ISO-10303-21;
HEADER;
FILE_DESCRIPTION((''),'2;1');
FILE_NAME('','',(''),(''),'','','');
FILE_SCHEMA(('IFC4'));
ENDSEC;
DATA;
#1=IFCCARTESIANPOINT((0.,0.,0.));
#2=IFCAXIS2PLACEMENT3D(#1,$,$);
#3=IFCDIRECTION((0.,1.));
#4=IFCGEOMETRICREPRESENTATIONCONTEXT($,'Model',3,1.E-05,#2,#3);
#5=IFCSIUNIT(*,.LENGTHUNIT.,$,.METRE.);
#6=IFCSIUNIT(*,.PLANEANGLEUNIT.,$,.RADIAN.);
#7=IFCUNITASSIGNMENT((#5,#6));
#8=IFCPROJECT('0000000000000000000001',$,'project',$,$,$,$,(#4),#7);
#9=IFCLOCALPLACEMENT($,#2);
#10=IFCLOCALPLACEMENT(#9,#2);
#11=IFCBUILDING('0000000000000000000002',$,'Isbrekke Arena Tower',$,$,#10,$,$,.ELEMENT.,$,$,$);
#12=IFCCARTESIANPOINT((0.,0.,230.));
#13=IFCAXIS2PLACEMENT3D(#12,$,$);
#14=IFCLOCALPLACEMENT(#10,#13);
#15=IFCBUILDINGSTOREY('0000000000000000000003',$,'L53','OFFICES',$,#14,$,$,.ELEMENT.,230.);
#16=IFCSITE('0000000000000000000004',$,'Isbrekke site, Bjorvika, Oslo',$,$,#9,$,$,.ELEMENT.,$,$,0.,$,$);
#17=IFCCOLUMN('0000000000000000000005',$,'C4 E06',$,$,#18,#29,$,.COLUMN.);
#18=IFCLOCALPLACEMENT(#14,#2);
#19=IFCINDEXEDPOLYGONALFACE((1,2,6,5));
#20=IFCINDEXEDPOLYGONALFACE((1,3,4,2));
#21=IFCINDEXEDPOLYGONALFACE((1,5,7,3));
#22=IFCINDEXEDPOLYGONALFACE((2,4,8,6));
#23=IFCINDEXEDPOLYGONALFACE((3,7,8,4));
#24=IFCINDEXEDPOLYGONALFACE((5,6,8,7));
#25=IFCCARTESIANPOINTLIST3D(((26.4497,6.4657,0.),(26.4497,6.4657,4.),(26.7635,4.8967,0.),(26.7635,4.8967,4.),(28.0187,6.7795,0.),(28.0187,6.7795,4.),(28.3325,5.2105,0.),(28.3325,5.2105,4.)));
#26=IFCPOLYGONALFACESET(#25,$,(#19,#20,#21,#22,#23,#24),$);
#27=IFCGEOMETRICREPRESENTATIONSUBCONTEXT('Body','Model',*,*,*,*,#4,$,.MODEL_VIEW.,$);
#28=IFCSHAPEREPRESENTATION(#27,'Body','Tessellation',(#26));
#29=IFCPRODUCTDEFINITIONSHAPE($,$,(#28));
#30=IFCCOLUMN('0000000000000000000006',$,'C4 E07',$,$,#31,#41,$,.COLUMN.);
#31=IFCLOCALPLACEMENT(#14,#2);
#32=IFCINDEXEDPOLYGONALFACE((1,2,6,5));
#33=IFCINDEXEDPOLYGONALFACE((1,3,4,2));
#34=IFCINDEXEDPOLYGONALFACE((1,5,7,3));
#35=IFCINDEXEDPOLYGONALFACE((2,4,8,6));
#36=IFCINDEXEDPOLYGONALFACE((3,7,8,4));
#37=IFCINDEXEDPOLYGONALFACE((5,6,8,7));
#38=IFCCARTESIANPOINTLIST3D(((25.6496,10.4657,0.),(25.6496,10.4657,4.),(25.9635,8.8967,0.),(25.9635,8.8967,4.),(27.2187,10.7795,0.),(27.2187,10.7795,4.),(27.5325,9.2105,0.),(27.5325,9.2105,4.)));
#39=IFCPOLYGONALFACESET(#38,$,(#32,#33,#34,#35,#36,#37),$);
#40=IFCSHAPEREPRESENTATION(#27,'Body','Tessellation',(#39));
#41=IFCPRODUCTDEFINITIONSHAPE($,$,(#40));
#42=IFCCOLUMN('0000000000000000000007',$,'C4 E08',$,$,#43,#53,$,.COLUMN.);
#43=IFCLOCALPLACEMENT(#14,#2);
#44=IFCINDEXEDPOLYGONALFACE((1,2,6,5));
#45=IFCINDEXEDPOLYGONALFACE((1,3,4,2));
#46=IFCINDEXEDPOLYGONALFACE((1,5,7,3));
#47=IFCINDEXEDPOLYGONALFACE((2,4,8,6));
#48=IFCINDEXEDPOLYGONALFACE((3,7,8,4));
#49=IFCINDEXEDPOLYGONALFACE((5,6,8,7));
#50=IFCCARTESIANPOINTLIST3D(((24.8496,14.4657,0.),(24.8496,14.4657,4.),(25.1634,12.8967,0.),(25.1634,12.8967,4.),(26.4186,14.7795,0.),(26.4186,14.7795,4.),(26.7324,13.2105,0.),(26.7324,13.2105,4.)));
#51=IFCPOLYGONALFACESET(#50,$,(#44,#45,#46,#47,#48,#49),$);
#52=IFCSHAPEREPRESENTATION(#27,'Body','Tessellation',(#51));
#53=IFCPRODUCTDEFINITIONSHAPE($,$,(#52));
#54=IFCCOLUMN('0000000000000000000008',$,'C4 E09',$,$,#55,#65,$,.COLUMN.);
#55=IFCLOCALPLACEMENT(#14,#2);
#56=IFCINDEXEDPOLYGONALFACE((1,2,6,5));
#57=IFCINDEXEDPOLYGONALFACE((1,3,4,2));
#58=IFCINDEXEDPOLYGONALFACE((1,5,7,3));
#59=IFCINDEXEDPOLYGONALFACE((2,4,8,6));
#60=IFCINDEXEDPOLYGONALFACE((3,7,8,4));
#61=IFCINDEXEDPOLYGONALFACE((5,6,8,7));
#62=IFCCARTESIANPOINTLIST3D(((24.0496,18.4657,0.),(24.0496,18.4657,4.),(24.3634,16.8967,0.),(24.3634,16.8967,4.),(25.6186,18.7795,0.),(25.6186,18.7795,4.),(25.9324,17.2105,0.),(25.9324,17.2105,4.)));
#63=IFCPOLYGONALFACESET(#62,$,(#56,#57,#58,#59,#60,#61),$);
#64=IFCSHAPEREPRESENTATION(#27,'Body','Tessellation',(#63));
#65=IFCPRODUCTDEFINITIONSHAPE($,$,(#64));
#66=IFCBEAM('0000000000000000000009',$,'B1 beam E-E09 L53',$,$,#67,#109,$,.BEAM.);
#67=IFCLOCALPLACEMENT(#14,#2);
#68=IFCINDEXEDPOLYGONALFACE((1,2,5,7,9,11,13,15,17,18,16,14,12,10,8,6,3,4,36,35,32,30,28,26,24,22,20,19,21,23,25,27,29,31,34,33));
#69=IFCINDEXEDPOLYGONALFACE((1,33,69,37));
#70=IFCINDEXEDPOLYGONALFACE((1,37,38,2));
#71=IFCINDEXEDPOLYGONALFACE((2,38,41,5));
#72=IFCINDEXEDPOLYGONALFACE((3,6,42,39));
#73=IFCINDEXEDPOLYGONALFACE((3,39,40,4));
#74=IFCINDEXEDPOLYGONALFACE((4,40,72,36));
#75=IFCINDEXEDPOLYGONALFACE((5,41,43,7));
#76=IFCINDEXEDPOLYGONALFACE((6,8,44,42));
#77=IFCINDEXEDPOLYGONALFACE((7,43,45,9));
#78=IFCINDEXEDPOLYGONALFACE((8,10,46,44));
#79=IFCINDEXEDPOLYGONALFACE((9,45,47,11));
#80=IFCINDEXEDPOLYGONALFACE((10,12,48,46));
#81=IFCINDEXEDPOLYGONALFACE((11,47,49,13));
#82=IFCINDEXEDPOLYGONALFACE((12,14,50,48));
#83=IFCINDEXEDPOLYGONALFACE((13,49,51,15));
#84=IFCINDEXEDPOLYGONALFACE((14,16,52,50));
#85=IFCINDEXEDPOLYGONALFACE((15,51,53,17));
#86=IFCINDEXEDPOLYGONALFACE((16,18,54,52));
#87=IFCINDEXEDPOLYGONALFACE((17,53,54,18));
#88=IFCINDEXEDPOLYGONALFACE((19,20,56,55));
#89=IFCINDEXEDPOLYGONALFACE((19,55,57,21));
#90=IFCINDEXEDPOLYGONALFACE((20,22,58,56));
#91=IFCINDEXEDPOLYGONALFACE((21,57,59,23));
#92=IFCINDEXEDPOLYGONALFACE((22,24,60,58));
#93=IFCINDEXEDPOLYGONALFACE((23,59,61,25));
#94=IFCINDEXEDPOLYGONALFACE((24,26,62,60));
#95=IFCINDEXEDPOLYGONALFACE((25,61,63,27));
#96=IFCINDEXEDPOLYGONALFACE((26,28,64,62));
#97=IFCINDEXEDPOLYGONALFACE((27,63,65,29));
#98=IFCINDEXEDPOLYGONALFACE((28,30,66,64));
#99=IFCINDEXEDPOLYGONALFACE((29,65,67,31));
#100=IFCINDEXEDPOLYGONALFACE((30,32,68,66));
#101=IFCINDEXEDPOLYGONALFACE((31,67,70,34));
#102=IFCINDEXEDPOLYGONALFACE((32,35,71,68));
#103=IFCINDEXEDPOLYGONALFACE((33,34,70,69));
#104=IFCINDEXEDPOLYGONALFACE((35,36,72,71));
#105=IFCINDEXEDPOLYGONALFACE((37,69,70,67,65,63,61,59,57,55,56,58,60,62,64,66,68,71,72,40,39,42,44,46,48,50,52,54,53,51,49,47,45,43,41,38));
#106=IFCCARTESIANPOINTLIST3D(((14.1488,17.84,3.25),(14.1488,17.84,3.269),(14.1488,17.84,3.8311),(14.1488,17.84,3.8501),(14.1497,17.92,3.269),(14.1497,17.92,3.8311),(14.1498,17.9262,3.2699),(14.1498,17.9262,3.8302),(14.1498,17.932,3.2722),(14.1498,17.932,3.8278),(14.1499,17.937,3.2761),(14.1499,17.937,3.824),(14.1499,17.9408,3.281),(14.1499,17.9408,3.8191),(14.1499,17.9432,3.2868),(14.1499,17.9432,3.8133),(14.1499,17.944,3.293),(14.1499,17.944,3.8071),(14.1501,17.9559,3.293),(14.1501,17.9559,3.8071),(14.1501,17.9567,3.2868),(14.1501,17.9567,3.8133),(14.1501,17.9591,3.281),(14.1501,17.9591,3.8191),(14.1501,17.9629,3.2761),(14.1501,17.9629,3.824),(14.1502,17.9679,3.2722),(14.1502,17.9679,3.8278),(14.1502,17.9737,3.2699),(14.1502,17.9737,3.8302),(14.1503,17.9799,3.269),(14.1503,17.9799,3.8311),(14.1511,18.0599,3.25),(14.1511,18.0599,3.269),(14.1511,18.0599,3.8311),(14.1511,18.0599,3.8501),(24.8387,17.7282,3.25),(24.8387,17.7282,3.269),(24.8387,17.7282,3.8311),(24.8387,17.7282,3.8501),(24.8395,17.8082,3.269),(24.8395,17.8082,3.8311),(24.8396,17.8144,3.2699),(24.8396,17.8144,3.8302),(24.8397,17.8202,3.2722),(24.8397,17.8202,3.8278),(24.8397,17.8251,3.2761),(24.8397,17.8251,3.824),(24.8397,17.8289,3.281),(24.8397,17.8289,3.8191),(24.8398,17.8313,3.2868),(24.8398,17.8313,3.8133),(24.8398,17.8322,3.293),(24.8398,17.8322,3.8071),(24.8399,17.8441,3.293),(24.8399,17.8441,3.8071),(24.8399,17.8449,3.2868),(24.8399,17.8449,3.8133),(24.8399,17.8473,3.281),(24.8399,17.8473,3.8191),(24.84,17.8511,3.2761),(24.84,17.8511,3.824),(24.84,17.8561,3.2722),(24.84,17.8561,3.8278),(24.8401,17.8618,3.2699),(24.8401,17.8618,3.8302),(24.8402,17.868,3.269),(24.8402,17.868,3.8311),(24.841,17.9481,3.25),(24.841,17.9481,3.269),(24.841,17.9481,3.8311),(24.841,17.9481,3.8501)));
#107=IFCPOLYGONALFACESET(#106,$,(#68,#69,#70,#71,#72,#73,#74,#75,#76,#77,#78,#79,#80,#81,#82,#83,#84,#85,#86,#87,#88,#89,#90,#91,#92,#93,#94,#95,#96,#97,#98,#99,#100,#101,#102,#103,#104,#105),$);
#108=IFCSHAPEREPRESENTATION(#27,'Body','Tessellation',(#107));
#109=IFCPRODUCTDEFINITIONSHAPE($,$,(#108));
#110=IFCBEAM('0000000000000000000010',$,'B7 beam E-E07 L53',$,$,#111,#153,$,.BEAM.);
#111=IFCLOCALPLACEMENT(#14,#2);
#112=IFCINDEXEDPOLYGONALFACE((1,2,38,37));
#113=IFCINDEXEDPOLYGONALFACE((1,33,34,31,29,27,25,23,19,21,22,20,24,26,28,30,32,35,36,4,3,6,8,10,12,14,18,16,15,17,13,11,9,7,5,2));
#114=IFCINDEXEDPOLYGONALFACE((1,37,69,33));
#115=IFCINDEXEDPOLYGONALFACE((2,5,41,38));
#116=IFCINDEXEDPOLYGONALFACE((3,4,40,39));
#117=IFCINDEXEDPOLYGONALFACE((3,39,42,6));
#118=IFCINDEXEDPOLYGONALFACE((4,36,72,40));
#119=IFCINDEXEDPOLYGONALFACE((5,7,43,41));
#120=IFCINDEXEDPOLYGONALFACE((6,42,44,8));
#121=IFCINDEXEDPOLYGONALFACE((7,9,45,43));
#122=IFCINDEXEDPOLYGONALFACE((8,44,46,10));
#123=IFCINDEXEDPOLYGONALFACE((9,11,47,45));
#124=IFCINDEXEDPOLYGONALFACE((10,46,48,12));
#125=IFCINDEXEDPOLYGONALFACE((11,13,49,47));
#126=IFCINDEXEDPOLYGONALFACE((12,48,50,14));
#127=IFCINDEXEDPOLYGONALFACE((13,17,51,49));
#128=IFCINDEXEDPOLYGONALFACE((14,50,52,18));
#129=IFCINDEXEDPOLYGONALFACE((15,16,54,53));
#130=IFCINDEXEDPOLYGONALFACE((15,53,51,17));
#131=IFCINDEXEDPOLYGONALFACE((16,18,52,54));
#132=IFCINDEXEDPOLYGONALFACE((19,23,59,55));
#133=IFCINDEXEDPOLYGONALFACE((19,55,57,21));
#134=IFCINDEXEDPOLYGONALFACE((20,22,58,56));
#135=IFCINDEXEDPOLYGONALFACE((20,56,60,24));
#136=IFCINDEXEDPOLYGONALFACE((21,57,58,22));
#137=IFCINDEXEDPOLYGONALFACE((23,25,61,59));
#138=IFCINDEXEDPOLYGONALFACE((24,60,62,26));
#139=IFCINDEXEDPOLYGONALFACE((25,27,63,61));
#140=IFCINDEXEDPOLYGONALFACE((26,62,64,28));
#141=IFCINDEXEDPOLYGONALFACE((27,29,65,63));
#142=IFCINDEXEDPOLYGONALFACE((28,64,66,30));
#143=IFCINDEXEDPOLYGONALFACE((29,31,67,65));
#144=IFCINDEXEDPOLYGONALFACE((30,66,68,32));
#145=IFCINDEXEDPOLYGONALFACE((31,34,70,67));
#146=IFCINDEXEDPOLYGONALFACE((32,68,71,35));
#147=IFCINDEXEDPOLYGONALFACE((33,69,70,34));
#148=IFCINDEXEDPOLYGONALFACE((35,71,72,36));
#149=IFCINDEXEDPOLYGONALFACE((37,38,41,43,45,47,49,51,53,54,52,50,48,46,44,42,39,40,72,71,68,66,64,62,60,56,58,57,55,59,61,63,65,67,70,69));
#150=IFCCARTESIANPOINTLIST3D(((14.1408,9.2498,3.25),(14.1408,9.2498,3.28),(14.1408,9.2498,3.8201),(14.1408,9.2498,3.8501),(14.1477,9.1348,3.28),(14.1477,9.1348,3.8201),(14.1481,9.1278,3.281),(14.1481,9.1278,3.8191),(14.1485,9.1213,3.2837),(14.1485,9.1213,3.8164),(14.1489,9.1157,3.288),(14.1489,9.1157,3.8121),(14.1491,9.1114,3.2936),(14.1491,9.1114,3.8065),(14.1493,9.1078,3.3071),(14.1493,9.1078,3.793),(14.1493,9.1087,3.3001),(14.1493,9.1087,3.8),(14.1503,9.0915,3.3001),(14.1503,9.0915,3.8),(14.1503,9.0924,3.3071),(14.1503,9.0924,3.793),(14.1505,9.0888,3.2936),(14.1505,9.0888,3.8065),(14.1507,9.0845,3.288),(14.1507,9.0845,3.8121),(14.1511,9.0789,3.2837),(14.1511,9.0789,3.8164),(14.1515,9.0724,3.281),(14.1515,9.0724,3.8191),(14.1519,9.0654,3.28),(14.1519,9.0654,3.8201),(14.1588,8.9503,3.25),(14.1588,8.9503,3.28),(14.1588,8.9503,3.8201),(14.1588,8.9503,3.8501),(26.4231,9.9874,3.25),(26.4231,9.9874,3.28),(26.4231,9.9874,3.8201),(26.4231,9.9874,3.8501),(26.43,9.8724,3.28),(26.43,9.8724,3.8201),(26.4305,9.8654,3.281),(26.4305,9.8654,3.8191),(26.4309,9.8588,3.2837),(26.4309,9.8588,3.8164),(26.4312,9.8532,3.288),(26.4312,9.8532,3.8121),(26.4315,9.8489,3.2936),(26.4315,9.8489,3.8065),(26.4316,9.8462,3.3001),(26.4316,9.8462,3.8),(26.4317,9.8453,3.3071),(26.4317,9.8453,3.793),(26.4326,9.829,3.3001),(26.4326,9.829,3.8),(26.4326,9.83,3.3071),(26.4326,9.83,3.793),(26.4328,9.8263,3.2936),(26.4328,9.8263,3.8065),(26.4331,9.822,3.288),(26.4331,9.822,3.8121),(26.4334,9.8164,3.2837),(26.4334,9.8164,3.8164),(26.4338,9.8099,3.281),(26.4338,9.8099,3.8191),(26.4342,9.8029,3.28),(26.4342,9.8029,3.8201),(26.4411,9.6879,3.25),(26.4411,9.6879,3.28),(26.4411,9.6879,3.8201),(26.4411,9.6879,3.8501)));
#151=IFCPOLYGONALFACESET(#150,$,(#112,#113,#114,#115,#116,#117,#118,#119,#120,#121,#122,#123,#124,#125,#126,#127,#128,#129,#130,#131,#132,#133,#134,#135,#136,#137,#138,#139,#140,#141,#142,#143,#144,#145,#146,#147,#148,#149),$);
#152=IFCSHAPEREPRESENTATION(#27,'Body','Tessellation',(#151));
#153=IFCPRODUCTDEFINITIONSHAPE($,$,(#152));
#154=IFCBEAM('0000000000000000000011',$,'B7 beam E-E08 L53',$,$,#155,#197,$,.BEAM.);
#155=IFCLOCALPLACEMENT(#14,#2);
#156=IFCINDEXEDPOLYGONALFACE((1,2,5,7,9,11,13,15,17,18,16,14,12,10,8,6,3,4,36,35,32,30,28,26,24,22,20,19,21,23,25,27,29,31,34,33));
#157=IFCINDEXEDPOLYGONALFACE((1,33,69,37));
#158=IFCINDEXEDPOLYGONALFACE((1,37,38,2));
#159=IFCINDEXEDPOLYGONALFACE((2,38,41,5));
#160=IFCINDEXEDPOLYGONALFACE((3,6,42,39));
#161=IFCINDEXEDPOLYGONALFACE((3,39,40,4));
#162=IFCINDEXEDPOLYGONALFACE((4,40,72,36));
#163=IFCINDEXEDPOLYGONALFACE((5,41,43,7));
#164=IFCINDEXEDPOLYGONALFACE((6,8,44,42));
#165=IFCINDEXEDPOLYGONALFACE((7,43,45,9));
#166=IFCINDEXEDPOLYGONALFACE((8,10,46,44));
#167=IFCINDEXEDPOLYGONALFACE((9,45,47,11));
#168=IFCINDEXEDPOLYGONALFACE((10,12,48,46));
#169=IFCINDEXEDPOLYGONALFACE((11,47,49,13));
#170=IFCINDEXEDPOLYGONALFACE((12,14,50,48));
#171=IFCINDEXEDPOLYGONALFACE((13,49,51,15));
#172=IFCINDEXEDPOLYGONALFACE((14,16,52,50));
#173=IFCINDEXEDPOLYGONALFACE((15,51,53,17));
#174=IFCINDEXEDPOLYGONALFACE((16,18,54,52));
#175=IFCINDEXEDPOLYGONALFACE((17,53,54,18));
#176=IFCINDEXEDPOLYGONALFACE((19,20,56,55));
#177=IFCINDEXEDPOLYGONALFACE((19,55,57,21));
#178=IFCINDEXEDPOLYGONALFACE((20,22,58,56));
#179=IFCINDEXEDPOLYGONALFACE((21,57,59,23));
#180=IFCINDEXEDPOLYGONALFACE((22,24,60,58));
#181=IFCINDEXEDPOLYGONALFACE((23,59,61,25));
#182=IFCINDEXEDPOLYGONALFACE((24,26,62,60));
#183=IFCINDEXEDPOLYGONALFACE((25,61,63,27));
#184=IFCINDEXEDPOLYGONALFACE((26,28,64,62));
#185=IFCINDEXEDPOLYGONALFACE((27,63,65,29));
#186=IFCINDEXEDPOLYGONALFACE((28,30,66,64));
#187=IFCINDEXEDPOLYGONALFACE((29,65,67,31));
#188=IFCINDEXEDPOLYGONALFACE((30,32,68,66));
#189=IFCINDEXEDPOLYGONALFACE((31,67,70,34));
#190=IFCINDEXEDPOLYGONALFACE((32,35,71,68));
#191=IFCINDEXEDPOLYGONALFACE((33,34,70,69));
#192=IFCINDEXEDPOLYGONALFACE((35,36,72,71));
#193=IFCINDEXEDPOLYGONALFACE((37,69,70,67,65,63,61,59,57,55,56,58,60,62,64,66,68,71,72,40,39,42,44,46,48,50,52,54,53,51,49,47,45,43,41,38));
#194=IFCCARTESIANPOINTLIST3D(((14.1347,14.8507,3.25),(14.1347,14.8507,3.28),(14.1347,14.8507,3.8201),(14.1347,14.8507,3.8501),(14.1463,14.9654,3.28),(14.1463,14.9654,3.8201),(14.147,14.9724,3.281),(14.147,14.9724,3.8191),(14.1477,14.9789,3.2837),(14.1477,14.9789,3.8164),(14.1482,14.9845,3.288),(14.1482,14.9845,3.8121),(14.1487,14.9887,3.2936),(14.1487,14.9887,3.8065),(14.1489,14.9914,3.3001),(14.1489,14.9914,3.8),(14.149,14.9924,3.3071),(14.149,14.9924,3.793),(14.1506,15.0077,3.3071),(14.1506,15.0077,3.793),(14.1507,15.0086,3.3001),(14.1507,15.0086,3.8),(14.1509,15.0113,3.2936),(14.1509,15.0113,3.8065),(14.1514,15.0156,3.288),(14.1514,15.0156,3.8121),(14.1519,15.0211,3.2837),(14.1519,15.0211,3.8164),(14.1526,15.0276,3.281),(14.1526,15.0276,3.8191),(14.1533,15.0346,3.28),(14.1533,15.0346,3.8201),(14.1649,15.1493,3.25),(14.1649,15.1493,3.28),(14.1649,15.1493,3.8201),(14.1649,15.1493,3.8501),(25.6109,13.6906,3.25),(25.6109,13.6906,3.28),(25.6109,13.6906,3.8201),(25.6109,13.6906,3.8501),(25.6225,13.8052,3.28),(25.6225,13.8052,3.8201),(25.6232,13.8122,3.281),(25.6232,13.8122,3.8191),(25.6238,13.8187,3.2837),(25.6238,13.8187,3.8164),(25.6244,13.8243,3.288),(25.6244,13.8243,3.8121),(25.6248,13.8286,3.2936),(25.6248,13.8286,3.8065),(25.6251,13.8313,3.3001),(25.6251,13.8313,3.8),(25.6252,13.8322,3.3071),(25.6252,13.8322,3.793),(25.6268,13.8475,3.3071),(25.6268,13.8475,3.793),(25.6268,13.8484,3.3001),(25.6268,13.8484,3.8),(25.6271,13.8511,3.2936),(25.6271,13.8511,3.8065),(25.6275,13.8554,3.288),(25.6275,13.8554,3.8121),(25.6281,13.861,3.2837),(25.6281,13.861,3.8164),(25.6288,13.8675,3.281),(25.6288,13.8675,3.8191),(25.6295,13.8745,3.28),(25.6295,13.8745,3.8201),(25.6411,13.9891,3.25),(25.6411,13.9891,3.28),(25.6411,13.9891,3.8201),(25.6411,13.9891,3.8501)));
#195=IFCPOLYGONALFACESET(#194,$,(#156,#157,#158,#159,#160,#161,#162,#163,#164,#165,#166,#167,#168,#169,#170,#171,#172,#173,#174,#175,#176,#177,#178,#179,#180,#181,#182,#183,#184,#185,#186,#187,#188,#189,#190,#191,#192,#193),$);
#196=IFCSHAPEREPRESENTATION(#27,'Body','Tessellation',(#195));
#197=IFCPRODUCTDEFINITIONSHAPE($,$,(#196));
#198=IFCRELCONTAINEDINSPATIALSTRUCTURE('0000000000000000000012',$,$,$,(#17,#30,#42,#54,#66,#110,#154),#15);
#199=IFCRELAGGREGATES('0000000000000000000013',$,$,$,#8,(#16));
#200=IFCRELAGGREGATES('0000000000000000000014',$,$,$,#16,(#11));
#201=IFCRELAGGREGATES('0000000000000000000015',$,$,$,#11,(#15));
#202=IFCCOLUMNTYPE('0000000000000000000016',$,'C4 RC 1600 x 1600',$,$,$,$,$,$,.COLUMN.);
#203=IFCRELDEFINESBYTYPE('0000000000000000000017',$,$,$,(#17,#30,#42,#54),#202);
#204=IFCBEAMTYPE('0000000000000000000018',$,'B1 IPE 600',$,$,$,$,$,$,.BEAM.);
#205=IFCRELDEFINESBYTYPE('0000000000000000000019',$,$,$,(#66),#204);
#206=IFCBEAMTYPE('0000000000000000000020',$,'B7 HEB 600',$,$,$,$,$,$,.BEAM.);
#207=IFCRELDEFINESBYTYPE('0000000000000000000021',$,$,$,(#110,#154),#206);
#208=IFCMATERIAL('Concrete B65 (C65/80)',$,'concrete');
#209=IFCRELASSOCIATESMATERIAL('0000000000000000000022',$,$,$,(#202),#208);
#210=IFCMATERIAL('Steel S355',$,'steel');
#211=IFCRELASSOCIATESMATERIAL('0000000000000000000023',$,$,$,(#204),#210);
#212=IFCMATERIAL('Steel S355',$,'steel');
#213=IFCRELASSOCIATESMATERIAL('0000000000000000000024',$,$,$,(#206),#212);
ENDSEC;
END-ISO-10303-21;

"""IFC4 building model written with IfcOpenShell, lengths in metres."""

from ifc_helpers import new_model, si_unit, direction, frame, origin, origin_2d, place, context, subcontext, project, spatial, rectangle, i_section, extrude, material, material_profile, profile_set, type_object, element, save


model = new_model("IFC4")

# Units and contexts
model_context = context("Model", 3, precision=1e-05, world=origin(), true_north=direction((0.0, 1.0)))
body_context = subcontext(model_context, "Body", "Model", "MODEL_VIEW")
ifc_project = project(units=[si_unit("LENGTHUNIT", "METRE"), si_unit("PLANEANGLEUNIT", "RADIAN")], contexts=[model_context])

# Site, building, storey
site_placement = place(None, origin())
site = spatial("IfcSite", under=ifc_project, at=site_placement, Name="Isbrekke site, Bjorvika, Oslo", CompositionType="ELEMENT", RefElevation=0.0)
building_placement = place(site_placement, origin())
building = spatial("IfcBuilding", under=site, at=building_placement, Name="Isbrekke Arena Tower", CompositionType="ELEMENT")
storey_placement = place(building_placement, frame((0.0, 0.0, 230.0)))
storey = spatial("IfcBuildingStorey", under=building, at=storey_placement, Name="L53", Description="OFFICES", CompositionType="ELEMENT", Elevation=230.0)

# Columns
ifc_material_1 = material(Name="Concrete B65 (C65/80)", Category="concrete")
ifc_material_profile_1 = material_profile(ifc_material_1, rectangle(XDim=1.6001, YDim=1.6001, at=origin_2d()), Name="RC 1600x1600")
ifc_profile_set_1 = profile_set([ifc_material_profile_1], Name="Concrete B65 (C65/80)")
column_type = type_object("IfcColumnType", Name="C4 RC 1600 x 1600", PredefinedType="COLUMN", material=ifc_profile_set_1)
for number, where, z_axis, x_axis, name in (
    (1, (27.3911, 5.8381, 0.0), (0.0, 0.0, 1.0), (-0.196116, 0.980581, 0.0), "C4 E06"),
    (2, (26.5911, 9.8381, 0.0), (0.0, 0.0, 1.0), (-0.196116, 0.980581, 0.0), "C4 E07"),
    (3, (25.791, 13.8381, 0.0), (0.0, 0.0, 1.0), (-0.196116, 0.980581, 0.0), "C4 E08"),
    (4, (24.991, 17.8381, 0.0), (0.0, 0.0, 1.0), (-0.196116, 0.980581, 0.0), "C4 E09"),
):
    element("IfcColumn", number, at=place(storey_placement, frame(where, z_axis=z_axis, x_axis=x_axis)), inside=storey, type_object=column_type, Name=name, PredefinedType="COLUMN", context=body_context, shape_type="SweptSolid", body=[
        extrude(rectangle(XDim=1.6001, YDim=1.6001, at=origin_2d()), origin(), (0.0, 0.0, 1.0), 4.0),
    ])

# Beams
ifc_material_2 = material(Name="Steel S355", Category="steel")
ifc_material_profile_2 = material_profile(ifc_material_2, i_section(OverallWidth=0.22, OverallDepth=0.6001, WebThickness=0.012, FlangeThickness=0.019, FilletRadius=0.0239, at=origin_2d()), Name="IPE 600")
ifc_profile_set_2 = profile_set([ifc_material_profile_2], Name="Steel S355")
beam_type_1 = type_object("IfcBeamType", Name="B1 IPE 600", PredefinedType="BEAM", material=ifc_profile_set_2)
beam_1_placement = place(storey_placement, frame((24.8398, 17.8381, 3.55), z_axis=(-0.999945, 0.010459, 0.0), x_axis=(-0.010459, -0.999945, 0.0)))
element("IfcBeam", 5, at=beam_1_placement, inside=storey, type_object=beam_type_1, Name="B1 beam E-E09 L53", PredefinedType="BEAM", context=body_context, shape_type="SweptSolid", body=[
    extrude(i_section(OverallWidth=0.22, OverallDepth=0.6001, WebThickness=0.012, FlangeThickness=0.019, FilletRadius=0.0239, at=origin_2d()), origin(), (0.0, 0.0, 1.0), 10.6904),
])
ifc_material_3 = material(Name="Steel S355", Category="steel")
ifc_material_profile_3 = material_profile(ifc_material_3, i_section(OverallWidth=0.3, OverallDepth=0.6001, WebThickness=0.0154, FlangeThickness=0.03, FilletRadius=0.0271, at=origin_2d()), Name="HEB 600")
ifc_profile_set_3 = profile_set([ifc_material_profile_3], Name="Steel S355")
beam_type_2 = type_object("IfcBeamType", Name="B7 HEB 600", PredefinedType="BEAM", material=ifc_profile_set_3)
beam_2_placement = place(storey_placement, frame((26.4321, 9.8376, 3.55), z_axis=(-0.998202, -0.059942, 0.0), x_axis=(0.059942, -0.998202, 0.0)))
element("IfcBeam", 6, at=beam_2_placement, inside=storey, type_object=beam_type_2, Name="B7 beam E-E07 L53", PredefinedType="BEAM", context=body_context, shape_type="SweptSolid", body=[
    extrude(i_section(OverallWidth=0.3, OverallDepth=0.6001, WebThickness=0.0154, FlangeThickness=0.03, FilletRadius=0.0271, at=origin_2d()), origin(), (0.0, 0.0, 1.0), 12.3044),
])
beam_3_placement = place(storey_placement, frame((25.626, 13.8398, 3.55), z_axis=(-0.994929, 0.100581, 0.0), x_axis=(-0.100581, -0.994929, 0.0)))
element("IfcBeam", 7, at=beam_3_placement, inside=storey, type_object=beam_type_2, Name="B7 beam E-E08 L53", PredefinedType="BEAM", context=body_context, shape_type="SweptSolid", body=[
    extrude(i_section(OverallWidth=0.3, OverallDepth=0.6001, WebThickness=0.0154, FlangeThickness=0.03, FilletRadius=0.0271, at=origin_2d()), origin(), (0.0, 0.0, 1.0), 11.5347),
])

save(model, "model.ifc")
